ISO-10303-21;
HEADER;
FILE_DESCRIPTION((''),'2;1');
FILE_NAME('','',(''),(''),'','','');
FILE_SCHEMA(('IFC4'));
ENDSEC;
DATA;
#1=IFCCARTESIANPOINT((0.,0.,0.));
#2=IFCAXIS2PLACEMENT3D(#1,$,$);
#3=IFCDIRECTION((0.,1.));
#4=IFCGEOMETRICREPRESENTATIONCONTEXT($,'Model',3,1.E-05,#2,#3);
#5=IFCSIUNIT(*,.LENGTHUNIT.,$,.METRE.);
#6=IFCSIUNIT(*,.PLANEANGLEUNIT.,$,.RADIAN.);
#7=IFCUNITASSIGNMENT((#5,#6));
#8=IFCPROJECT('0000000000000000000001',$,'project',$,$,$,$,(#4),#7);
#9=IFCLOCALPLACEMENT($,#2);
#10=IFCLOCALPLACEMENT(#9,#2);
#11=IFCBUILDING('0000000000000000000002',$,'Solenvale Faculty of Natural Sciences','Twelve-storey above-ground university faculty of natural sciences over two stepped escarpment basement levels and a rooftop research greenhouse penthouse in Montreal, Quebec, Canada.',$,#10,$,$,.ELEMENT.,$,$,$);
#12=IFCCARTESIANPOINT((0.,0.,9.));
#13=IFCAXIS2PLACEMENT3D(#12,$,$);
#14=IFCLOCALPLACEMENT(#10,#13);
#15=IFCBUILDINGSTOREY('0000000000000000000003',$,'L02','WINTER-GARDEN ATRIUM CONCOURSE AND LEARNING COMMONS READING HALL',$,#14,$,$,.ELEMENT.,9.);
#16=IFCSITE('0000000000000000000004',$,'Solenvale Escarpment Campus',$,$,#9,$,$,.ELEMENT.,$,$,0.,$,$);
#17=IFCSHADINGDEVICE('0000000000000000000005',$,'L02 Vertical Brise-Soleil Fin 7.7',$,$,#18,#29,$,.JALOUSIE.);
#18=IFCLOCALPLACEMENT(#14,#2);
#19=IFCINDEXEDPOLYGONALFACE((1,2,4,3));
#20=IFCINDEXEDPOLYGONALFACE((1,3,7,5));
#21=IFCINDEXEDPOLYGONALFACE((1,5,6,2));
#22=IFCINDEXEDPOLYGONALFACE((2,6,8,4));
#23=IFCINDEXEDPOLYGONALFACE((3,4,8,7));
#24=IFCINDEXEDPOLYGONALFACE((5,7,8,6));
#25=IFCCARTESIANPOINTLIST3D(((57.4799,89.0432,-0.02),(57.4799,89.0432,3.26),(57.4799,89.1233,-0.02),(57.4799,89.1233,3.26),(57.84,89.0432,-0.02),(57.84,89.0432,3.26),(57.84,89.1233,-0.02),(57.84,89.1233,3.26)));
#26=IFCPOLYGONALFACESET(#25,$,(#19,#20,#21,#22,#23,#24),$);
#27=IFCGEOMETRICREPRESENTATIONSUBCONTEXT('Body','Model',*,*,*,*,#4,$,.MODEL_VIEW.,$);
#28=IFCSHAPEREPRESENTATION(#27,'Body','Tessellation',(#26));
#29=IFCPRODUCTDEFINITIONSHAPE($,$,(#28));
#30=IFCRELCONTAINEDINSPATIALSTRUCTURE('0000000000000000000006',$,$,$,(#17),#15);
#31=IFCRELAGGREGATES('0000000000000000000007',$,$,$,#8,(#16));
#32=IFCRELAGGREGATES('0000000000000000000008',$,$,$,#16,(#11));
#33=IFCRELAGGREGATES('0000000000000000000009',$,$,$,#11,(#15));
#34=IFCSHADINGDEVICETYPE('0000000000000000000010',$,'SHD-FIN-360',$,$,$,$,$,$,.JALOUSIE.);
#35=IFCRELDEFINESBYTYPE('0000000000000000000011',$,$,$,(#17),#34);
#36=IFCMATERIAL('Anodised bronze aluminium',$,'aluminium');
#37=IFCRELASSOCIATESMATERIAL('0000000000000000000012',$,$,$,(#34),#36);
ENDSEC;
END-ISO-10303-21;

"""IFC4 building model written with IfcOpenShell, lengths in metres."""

from ifc_helpers import new_model, si_unit, direction, frame, origin, origin_2d, place, context, subcontext, project, spatial, rectangle, extrude, material, material_profile, profile_set, type_object, element, save


model = new_model("IFC4")

# Units and contexts
model_context = context("Model", 3, precision=1e-05, world=origin(), true_north=direction((0.0, 1.0)))
body_context = subcontext(model_context, "Body", "Model", "MODEL_VIEW")
ifc_project = project(units=[si_unit("LENGTHUNIT", "METRE"), si_unit("PLANEANGLEUNIT", "RADIAN")], contexts=[model_context])

# Site, building, storey
site_placement = place(None, origin())
site = spatial("IfcSite", under=ifc_project, at=site_placement, Name="Solenvale Escarpment Campus", CompositionType="ELEMENT", RefElevation=0.0)
building_placement = place(site_placement, origin())
building = spatial("IfcBuilding", under=site, at=building_placement, Name="Solenvale Faculty of Natural Sciences", Description="Twelve-storey above-ground university faculty of natural sciences over two stepped escarpment basement levels and a rooftop research greenhouse penthouse in Montreal, Quebec, Canada.", CompositionType="ELEMENT")
storey_placement = place(building_placement, frame((0.0, 0.0, 9.0)))
storey = spatial("IfcBuildingStorey", under=building, at=storey_placement, Name="L02", Description="WINTER-GARDEN ATRIUM CONCOURSE AND LEARNING COMMONS READING HALL", CompositionType="ELEMENT", Elevation=9.0)

# Shared definitions
ifc_material_1 = material(Name="Anodised bronze aluminium", Category="aluminium")

# Shading device
ifc_material_profile_1 = material_profile(ifc_material_1, rectangle(XDim=0.0801, YDim=0.3601, at=origin_2d()), Name="ALU-FIN-80x360")
ifc_profile_set_1 = profile_set([ifc_material_profile_1], Name="Anodised bronze aluminium")
shading_device_type = type_object("IfcShadingDeviceType", Name="SHD-FIN-360", PredefinedType="JALOUSIE", material=ifc_profile_set_1)
shading_device_placement = place(storey_placement, frame((57.6599, 89.0833, -0.02), z_axis=(0.0, 0.0, 1.0), x_axis=(0.0, 1.0, 0.0)))
element("IfcShadingDevice", 1, at=shading_device_placement, inside=storey, type_object=shading_device_type, Name="L02 Vertical Brise-Soleil Fin 7.7", PredefinedType="JALOUSIE", context=body_context, shape_type="SweptSolid", body=[
    extrude(rectangle(XDim=0.0801, YDim=0.3601, at=origin_2d()), origin(), (0.0, 0.0, 1.0), 3.28),
])

save(model, "model.ifc")
